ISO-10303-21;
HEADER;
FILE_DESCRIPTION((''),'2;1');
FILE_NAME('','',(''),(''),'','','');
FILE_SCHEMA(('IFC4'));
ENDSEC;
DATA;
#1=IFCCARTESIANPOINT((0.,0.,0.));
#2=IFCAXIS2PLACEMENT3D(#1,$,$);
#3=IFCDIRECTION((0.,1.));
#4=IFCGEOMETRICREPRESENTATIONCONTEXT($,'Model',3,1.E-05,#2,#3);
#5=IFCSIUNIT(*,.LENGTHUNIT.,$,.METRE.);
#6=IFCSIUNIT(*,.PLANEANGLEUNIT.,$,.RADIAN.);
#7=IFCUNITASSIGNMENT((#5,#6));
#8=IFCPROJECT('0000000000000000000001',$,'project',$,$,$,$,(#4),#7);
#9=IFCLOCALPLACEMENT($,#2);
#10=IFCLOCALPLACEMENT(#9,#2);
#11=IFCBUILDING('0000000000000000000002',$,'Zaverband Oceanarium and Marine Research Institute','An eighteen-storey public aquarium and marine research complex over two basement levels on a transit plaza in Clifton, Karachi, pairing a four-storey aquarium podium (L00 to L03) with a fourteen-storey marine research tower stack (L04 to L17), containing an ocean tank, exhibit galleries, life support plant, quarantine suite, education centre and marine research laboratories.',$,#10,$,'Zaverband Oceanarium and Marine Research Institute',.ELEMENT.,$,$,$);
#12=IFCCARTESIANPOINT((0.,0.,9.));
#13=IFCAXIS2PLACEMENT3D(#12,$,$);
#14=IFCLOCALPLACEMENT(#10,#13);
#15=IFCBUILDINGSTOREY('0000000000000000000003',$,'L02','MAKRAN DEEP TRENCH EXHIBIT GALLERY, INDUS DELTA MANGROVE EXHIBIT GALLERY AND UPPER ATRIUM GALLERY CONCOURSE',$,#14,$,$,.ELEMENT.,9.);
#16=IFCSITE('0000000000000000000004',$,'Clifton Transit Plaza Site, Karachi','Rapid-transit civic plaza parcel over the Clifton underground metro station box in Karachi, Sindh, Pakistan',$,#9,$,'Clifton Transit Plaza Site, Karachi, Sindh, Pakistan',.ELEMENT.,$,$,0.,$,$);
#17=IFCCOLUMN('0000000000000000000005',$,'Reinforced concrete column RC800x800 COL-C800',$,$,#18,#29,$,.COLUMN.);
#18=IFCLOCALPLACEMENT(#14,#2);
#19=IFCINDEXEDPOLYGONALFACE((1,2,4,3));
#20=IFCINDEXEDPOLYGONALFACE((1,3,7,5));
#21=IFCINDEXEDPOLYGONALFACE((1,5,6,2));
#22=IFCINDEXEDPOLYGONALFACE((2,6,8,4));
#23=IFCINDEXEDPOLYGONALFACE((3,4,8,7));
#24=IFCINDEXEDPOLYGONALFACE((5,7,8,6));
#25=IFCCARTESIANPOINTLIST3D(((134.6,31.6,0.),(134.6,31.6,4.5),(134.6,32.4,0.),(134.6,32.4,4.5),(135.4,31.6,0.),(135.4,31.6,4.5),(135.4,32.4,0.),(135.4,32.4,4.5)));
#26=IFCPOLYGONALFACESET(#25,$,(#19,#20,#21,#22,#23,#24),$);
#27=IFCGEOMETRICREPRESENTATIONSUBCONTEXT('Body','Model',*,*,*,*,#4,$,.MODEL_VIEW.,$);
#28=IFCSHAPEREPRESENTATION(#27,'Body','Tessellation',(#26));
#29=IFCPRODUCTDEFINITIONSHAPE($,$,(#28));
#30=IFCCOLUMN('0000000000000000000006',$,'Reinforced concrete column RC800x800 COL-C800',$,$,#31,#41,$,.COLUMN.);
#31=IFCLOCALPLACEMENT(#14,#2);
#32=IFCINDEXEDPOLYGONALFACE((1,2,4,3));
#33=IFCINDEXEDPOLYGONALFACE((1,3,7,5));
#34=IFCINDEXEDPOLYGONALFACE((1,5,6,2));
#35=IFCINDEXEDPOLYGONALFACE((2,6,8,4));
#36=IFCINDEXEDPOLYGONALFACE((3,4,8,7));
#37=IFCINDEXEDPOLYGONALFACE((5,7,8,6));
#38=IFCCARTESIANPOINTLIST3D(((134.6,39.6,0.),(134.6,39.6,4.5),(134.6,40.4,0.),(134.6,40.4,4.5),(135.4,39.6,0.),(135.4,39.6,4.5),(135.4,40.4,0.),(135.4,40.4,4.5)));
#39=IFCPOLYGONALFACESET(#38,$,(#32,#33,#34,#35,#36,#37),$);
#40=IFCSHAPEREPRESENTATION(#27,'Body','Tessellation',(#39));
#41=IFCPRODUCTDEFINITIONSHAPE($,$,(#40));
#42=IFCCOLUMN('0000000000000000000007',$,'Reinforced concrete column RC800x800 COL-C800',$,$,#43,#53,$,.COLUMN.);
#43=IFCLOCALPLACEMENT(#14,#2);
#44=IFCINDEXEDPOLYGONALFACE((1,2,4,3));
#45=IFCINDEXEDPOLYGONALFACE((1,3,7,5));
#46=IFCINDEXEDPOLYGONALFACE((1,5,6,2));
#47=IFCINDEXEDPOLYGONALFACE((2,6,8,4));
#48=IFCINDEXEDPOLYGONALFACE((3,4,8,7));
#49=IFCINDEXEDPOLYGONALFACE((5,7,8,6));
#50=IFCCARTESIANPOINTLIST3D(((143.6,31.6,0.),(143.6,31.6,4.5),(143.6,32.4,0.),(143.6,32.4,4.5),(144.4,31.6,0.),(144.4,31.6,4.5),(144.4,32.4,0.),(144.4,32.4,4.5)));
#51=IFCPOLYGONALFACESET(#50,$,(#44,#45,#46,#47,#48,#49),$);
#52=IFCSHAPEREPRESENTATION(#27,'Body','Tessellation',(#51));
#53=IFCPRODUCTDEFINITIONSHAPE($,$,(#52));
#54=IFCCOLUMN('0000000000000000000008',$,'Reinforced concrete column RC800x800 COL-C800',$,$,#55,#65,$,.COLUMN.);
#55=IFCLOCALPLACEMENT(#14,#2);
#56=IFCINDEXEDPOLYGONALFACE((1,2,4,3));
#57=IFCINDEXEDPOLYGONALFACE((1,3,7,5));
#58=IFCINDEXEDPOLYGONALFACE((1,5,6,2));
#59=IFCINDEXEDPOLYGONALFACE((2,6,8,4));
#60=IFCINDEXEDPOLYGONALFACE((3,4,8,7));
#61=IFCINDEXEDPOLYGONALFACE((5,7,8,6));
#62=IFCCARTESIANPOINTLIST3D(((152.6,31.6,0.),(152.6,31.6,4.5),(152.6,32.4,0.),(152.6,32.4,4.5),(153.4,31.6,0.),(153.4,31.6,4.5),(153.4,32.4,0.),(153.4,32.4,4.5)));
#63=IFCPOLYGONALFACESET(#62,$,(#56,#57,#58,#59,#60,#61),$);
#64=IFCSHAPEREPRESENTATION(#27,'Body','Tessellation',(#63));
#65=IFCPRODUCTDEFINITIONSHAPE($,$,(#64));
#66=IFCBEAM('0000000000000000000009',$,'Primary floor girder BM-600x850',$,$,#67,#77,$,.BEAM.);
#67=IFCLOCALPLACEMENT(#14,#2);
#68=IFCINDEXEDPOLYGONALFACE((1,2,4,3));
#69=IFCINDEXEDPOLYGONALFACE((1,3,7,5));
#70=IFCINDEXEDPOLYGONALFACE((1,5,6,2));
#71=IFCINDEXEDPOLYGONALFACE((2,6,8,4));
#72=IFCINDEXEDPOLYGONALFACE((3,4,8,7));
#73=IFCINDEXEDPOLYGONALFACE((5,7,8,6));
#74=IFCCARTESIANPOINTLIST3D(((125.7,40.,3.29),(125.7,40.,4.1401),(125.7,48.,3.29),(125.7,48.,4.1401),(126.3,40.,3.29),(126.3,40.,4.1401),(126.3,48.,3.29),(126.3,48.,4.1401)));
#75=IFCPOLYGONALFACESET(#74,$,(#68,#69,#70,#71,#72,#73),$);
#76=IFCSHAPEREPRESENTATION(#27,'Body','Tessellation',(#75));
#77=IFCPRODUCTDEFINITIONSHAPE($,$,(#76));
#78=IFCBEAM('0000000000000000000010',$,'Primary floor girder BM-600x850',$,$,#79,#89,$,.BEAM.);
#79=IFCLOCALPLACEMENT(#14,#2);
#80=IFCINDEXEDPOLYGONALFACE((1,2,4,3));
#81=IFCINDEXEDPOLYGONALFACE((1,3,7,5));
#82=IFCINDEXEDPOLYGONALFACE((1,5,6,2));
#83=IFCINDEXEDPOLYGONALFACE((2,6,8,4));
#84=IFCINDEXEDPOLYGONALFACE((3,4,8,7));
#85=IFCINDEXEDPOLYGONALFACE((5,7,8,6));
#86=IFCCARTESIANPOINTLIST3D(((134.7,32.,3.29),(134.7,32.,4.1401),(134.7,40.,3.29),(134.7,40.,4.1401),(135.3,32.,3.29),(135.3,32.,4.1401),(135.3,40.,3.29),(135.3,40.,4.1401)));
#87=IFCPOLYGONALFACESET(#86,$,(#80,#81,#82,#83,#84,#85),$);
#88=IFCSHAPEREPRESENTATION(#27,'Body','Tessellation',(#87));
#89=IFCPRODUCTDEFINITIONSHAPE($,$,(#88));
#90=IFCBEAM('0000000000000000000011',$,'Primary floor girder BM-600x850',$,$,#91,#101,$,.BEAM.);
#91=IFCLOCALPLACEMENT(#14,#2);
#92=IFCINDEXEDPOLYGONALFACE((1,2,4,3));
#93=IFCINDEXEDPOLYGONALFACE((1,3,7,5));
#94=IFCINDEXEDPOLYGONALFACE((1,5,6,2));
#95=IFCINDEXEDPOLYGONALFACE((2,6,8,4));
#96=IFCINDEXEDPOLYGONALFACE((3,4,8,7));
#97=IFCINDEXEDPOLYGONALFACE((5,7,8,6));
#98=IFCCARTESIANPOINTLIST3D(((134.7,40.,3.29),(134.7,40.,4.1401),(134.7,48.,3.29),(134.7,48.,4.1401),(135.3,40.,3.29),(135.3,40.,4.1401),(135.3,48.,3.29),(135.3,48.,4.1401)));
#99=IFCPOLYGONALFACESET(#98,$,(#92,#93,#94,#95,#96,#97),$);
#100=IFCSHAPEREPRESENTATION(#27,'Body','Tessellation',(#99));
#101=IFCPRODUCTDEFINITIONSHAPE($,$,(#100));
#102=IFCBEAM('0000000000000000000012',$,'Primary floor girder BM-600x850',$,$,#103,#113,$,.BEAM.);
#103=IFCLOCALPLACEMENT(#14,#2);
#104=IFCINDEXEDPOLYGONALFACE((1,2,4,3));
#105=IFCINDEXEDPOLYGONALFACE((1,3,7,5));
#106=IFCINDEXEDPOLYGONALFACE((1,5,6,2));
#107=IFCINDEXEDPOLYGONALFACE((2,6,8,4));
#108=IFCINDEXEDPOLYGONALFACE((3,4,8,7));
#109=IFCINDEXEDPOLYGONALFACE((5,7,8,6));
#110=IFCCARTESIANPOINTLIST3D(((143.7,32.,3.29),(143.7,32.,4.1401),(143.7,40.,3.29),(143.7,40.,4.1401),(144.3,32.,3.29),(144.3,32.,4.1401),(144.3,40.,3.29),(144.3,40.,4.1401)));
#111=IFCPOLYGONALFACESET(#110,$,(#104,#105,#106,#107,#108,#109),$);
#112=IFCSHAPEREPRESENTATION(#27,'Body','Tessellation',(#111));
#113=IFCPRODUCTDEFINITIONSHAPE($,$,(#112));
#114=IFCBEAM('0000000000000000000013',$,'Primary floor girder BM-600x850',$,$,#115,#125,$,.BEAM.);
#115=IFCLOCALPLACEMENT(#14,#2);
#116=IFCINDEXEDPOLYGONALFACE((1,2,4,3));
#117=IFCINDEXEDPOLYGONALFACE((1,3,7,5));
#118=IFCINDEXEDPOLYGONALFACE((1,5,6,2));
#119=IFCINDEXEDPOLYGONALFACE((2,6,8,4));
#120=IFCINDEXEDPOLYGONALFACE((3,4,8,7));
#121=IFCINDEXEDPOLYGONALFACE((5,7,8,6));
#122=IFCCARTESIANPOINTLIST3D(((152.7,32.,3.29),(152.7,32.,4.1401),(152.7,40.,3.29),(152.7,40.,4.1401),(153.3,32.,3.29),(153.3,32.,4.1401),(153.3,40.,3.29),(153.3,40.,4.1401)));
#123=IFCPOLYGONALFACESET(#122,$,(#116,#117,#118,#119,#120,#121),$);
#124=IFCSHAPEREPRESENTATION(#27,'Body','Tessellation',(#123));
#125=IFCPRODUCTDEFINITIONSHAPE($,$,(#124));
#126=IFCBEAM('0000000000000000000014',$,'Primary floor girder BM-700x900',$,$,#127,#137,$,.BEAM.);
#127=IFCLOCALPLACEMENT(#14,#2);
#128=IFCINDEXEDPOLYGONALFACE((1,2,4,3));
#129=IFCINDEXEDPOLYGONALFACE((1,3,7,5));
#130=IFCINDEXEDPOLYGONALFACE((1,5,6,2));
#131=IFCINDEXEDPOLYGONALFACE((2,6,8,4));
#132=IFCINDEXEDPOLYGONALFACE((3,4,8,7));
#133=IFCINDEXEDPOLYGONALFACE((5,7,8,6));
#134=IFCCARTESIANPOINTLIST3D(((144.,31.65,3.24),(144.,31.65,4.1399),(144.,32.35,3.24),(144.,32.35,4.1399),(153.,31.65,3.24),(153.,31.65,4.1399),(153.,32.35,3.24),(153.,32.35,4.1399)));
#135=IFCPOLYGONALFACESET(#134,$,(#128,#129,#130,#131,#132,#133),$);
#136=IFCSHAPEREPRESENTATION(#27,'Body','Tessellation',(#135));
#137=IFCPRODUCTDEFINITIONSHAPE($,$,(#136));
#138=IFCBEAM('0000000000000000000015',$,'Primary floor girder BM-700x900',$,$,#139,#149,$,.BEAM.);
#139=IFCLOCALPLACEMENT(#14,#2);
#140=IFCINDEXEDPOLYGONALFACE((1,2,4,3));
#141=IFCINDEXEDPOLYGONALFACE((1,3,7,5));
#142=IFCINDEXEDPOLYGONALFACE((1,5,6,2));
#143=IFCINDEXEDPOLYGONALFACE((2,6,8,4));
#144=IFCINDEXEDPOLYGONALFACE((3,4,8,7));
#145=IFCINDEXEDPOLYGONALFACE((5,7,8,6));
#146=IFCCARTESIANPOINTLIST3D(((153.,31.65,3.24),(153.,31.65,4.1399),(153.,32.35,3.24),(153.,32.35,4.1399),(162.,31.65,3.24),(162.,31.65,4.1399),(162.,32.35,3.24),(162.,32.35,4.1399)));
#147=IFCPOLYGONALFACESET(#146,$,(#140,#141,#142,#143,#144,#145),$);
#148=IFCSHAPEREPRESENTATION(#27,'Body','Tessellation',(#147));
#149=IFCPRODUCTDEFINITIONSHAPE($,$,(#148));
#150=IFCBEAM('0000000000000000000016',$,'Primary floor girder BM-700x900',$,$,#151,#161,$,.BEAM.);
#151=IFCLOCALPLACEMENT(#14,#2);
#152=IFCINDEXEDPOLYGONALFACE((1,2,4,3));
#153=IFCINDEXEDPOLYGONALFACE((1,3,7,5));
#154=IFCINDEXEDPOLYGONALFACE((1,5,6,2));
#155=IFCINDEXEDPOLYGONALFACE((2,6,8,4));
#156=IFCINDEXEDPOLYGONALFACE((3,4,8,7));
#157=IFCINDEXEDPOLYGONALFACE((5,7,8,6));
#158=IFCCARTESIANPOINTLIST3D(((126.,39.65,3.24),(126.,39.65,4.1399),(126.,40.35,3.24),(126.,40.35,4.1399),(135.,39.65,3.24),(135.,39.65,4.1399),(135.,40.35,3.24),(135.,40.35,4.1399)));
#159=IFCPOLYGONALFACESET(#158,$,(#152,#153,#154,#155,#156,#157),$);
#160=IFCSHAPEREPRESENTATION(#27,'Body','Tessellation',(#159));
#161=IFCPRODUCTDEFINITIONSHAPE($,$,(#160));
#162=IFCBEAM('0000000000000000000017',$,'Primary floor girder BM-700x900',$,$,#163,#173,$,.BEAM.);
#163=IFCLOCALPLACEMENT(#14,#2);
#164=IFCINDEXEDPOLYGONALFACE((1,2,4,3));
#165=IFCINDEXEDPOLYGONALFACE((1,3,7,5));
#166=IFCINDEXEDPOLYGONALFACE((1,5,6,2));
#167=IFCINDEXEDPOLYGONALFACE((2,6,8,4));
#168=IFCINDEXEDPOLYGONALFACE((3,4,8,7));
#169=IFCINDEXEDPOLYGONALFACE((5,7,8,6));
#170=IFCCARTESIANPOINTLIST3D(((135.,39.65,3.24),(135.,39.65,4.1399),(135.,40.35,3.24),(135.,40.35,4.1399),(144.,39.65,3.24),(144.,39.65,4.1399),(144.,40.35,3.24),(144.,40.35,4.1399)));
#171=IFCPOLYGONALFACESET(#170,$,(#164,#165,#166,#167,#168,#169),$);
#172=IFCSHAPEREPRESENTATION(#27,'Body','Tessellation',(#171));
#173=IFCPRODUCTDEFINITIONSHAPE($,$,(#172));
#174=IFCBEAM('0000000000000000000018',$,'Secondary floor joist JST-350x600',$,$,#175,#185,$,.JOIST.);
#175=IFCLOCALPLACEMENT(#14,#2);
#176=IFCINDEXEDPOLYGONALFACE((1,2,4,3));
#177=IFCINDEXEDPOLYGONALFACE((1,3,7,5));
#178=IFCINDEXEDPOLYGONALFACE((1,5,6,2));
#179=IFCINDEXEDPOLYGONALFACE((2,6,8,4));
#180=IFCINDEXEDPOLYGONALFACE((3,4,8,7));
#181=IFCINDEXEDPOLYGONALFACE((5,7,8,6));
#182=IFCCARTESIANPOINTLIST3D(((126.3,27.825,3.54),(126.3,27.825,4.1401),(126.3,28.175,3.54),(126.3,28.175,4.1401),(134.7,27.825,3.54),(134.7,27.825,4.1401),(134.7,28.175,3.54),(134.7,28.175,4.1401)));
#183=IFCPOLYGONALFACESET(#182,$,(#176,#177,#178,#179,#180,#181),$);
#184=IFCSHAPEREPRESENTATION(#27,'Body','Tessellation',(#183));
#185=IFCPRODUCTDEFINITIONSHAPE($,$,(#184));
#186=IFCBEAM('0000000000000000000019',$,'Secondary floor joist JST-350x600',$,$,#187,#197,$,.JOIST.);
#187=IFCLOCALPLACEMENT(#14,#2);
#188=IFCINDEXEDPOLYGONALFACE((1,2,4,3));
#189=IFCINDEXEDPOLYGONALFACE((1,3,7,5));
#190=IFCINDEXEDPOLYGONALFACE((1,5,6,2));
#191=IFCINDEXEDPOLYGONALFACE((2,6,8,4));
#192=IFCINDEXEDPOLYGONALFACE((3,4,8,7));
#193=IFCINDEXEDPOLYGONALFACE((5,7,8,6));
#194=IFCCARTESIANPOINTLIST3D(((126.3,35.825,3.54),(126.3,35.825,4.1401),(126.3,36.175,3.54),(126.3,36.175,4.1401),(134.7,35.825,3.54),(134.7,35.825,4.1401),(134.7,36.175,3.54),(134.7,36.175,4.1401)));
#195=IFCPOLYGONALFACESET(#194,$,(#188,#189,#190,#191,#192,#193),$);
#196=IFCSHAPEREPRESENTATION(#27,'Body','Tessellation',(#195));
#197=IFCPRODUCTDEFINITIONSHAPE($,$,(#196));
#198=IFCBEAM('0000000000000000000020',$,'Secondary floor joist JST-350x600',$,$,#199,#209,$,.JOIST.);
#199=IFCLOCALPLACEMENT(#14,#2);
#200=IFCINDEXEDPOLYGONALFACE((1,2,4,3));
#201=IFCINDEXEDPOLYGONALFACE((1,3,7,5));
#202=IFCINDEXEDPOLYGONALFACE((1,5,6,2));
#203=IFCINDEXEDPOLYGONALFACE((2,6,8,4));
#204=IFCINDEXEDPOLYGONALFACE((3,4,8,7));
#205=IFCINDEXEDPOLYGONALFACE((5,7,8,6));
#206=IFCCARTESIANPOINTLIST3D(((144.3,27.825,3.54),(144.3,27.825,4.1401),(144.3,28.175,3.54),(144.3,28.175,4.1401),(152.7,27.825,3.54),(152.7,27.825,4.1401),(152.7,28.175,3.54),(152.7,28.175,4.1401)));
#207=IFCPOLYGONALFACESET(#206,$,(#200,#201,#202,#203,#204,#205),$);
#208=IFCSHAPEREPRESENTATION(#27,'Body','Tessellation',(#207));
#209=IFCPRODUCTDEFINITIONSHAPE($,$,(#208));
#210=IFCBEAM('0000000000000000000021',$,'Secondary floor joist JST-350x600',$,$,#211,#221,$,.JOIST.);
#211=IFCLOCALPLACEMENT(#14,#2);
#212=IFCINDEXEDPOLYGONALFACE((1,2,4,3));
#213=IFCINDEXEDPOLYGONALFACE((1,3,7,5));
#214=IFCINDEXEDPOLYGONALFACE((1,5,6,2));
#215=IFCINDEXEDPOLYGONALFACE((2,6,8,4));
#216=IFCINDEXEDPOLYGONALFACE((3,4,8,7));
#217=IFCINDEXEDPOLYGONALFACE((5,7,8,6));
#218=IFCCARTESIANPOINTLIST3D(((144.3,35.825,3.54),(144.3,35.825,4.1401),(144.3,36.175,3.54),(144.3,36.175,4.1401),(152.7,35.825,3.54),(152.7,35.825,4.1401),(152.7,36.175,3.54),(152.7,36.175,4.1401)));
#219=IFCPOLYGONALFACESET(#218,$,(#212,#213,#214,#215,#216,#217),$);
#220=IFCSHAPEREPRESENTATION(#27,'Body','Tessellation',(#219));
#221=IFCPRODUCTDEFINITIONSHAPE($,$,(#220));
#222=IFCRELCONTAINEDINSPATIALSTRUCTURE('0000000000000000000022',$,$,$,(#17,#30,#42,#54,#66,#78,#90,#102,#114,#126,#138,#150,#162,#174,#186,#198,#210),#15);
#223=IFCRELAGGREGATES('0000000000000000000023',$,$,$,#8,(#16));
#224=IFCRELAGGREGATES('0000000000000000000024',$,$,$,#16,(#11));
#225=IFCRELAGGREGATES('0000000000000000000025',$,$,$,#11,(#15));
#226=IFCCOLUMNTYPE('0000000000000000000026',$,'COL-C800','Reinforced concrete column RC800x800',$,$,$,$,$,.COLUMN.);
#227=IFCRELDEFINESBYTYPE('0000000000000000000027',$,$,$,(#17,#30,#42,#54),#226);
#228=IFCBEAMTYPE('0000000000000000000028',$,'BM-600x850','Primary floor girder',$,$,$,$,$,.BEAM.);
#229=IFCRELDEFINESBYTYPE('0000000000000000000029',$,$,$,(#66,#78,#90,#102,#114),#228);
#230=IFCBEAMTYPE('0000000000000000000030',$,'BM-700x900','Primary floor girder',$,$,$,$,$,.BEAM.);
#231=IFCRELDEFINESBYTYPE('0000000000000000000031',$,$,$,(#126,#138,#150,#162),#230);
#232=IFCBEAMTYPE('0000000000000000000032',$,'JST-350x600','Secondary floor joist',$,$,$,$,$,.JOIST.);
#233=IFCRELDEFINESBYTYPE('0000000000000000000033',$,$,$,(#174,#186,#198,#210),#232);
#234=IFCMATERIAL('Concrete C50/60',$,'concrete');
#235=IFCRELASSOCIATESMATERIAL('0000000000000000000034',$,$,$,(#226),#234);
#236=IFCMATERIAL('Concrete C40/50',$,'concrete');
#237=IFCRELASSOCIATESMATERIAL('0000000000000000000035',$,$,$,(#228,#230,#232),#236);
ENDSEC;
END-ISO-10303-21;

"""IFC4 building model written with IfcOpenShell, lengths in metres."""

from ifc_helpers import new_model, si_unit, direction, frame, origin, origin_2d, place, context, subcontext, project, spatial, rectangle, extrude, material, material_profile, profile_set, type_object, element, save


model = new_model("IFC4")

# Units and contexts
model_context = context("Model", 3, precision=1e-05, world=origin(), true_north=direction((0.0, 1.0)))
body_context = subcontext(model_context, "Body", "Model", "MODEL_VIEW")
ifc_project = project(units=[si_unit("LENGTHUNIT", "METRE"), si_unit("PLANEANGLEUNIT", "RADIAN")], contexts=[model_context])

# Site, building, storey
site_placement = place(None, origin())
site = spatial("IfcSite", under=ifc_project, at=site_placement, Name="Clifton Transit Plaza Site, Karachi", Description="Rapid-transit civic plaza parcel over the Clifton underground metro station box in Karachi, Sindh, Pakistan", LongName="Clifton Transit Plaza Site, Karachi, Sindh, Pakistan", CompositionType="ELEMENT", RefElevation=0.0)
building_placement = place(site_placement, origin())
building = spatial("IfcBuilding", under=site, at=building_placement, Name="Zaverband Oceanarium and Marine Research Institute", Description="An eighteen-storey public aquarium and marine research complex over two basement levels on a transit plaza in Clifton, Karachi, pairing a four-storey aquarium podium (L00 to L03) with a fourteen-storey marine research tower stack (L04 to L17), containing an ocean tank, exhibit galleries, life support plant, quarantine suite, education centre and marine research laboratories.", LongName="Zaverband Oceanarium and Marine Research Institute", CompositionType="ELEMENT")
storey_placement = place(building_placement, frame((0.0, 0.0, 9.0)))
storey = spatial("IfcBuildingStorey", under=building, at=storey_placement, Name="L02", Description="MAKRAN DEEP TRENCH EXHIBIT GALLERY, INDUS DELTA MANGROVE EXHIBIT GALLERY AND UPPER ATRIUM GALLERY CONCOURSE", CompositionType="ELEMENT", Elevation=9.0)

# Columns
ifc_material_1 = material(Name="Concrete C50/60", Category="concrete")
ifc_material_profile_1 = material_profile(ifc_material_1, rectangle(XDim=0.8, YDim=0.8, at=origin_2d()), Name="RC800x800")
ifc_profile_set_1 = profile_set([ifc_material_profile_1], Name="Concrete C50/60")
column_type = type_object("IfcColumnType", Name="COL-C800", Description="Reinforced concrete column RC800x800", PredefinedType="COLUMN", material=ifc_profile_set_1)
for number, where, z_axis, x_axis, name in (
    (1, (135.0, 32.0, 0.0), (0.0, 0.0, 1.0), (1.0, 0.0, 0.0), "Reinforced concrete column RC800x800 COL-C800"),
    (2, (135.0, 40.0, 0.0), (0.0, 0.0, 1.0), (1.0, 0.0, 0.0), "Reinforced concrete column RC800x800 COL-C800"),
    (3, (144.0, 32.0, 0.0), (0.0, 0.0, 1.0), (1.0, 0.0, 0.0), "Reinforced concrete column RC800x800 COL-C800"),
    (4, (153.0, 32.0, 0.0), (0.0, 0.0, 1.0), (1.0, 0.0, 0.0), "Reinforced concrete column RC800x800 COL-C800"),
):
    element("IfcColumn", number, at=place(storey_placement, frame(where, z_axis=z_axis, x_axis=x_axis)), inside=storey, type_object=column_type, Name=name, PredefinedType="COLUMN", context=body_context, shape_type="SweptSolid", body=[
        extrude(rectangle(XDim=0.8, YDim=0.8, at=origin_2d()), origin(), (0.0, 0.0, 1.0), 4.5),
    ])

# Beams
ifc_material_2 = material(Name="Concrete C40/50", Category="concrete")
ifc_material_profile_2 = material_profile(ifc_material_2, rectangle(XDim=0.6001, YDim=0.8501, at=origin_2d()), Name="RC600x850")
ifc_profile_set_2 = profile_set([ifc_material_profile_2], Name="Concrete C40/50")
beam_type_1 = type_object("IfcBeamType", Name="BM-600x850", Description="Primary floor girder", PredefinedType="BEAM", material=ifc_profile_set_2)
for number, where, z_axis, x_axis, name in (
    (5, (126.0, 40.0, 3.7151), (0.0, 1.0, 0.0), (-1.0, 0.0, 0.0), "Primary floor girder BM-600x850"),
    (6, (135.0, 32.0, 3.7151), (0.0, 1.0, 0.0), (-1.0, 0.0, 0.0), "Primary floor girder BM-600x850"),
    (7, (135.0, 40.0, 3.7151), (0.0, 1.0, 0.0), (-1.0, 0.0, 0.0), "Primary floor girder BM-600x850"),
    (8, (144.0, 32.0, 3.7151), (0.0, 1.0, 0.0), (-1.0, 0.0, 0.0), "Primary floor girder BM-600x850"),
    (9, (153.0, 32.0, 3.7151), (0.0, 1.0, 0.0), (-1.0, 0.0, 0.0), "Primary floor girder BM-600x850"),
):
    element("IfcBeam", number, at=place(storey_placement, frame(where, z_axis=z_axis, x_axis=x_axis)), inside=storey, type_object=beam_type_1, Name=name, PredefinedType="BEAM", context=body_context, shape_type="SweptSolid", body=[
        extrude(rectangle(XDim=0.6001, YDim=0.8501, at=origin_2d()), origin(), (0.0, 0.0, 1.0), 8.0),
    ])
ifc_material_profile_3 = material_profile(ifc_material_2, rectangle(XDim=0.7, YDim=0.8999, at=origin_2d()), Name="RC700x900")
ifc_profile_set_3 = profile_set([ifc_material_profile_3], Name="Concrete C40/50")
beam_type_2 = type_object("IfcBeamType", Name="BM-700x900", Description="Primary floor girder", PredefinedType="BEAM", material=ifc_profile_set_3)
for number, where, z_axis, x_axis, name in (
    (10, (144.0, 32.0, 3.6899), (1.0, 0.0, 0.0), (0.0, 1.0, 0.0), "Primary floor girder BM-700x900"),
    (11, (153.0, 32.0, 3.6899), (1.0, 0.0, 0.0), (0.0, 1.0, 0.0), "Primary floor girder BM-700x900"),
    (12, (126.0, 40.0, 3.6899), (1.0, 0.0, 0.0), (0.0, 1.0, 0.0), "Primary floor girder BM-700x900"),
    (13, (135.0, 40.0, 3.6899), (1.0, 0.0, 0.0), (0.0, 1.0, 0.0), "Primary floor girder BM-700x900"),
):
    element("IfcBeam", number, at=place(storey_placement, frame(where, z_axis=z_axis, x_axis=x_axis)), inside=storey, type_object=beam_type_2, Name=name, PredefinedType="BEAM", context=body_context, shape_type="SweptSolid", body=[
        extrude(rectangle(XDim=0.7, YDim=0.8999, at=origin_2d()), origin(), (0.0, 0.0, 1.0), 9.0),
    ])
ifc_material_profile_4 = material_profile(ifc_material_2, rectangle(XDim=0.3501, YDim=0.6001, at=origin_2d()), Name="RC350x600")
ifc_profile_set_4 = profile_set([ifc_material_profile_4], Name="Concrete C40/50")
beam_type_3 = type_object("IfcBeamType", Name="JST-350x600", Description="Secondary floor joist", PredefinedType="JOIST", material=ifc_profile_set_4)
for number, where, z_axis, x_axis, name in (
    (14, (126.3, 28.0, 3.8401), (1.0, 0.0, 0.0), (0.0, 1.0, 0.0), "Secondary floor joist JST-350x600"),
    (15, (126.3, 36.0, 3.8401), (1.0, 0.0, 0.0), (0.0, 1.0, 0.0), "Secondary floor joist JST-350x600"),
    (16, (144.3, 28.0, 3.8401), (1.0, 0.0, 0.0), (0.0, 1.0, 0.0), "Secondary floor joist JST-350x600"),
    (17, (144.3, 36.0, 3.8401), (1.0, 0.0, 0.0), (0.0, 1.0, 0.0), "Secondary floor joist JST-350x600"),
):
    element("IfcBeam", number, at=place(storey_placement, frame(where, z_axis=z_axis, x_axis=x_axis)), inside=storey, type_object=beam_type_3, Name=name, PredefinedType="JOIST", context=body_context, shape_type="SweptSolid", body=[
        extrude(rectangle(XDim=0.3501, YDim=0.6001, at=origin_2d()), origin(), (0.0, 0.0, 1.0), 8.3999),
    ])

save(model, "model.ifc")
